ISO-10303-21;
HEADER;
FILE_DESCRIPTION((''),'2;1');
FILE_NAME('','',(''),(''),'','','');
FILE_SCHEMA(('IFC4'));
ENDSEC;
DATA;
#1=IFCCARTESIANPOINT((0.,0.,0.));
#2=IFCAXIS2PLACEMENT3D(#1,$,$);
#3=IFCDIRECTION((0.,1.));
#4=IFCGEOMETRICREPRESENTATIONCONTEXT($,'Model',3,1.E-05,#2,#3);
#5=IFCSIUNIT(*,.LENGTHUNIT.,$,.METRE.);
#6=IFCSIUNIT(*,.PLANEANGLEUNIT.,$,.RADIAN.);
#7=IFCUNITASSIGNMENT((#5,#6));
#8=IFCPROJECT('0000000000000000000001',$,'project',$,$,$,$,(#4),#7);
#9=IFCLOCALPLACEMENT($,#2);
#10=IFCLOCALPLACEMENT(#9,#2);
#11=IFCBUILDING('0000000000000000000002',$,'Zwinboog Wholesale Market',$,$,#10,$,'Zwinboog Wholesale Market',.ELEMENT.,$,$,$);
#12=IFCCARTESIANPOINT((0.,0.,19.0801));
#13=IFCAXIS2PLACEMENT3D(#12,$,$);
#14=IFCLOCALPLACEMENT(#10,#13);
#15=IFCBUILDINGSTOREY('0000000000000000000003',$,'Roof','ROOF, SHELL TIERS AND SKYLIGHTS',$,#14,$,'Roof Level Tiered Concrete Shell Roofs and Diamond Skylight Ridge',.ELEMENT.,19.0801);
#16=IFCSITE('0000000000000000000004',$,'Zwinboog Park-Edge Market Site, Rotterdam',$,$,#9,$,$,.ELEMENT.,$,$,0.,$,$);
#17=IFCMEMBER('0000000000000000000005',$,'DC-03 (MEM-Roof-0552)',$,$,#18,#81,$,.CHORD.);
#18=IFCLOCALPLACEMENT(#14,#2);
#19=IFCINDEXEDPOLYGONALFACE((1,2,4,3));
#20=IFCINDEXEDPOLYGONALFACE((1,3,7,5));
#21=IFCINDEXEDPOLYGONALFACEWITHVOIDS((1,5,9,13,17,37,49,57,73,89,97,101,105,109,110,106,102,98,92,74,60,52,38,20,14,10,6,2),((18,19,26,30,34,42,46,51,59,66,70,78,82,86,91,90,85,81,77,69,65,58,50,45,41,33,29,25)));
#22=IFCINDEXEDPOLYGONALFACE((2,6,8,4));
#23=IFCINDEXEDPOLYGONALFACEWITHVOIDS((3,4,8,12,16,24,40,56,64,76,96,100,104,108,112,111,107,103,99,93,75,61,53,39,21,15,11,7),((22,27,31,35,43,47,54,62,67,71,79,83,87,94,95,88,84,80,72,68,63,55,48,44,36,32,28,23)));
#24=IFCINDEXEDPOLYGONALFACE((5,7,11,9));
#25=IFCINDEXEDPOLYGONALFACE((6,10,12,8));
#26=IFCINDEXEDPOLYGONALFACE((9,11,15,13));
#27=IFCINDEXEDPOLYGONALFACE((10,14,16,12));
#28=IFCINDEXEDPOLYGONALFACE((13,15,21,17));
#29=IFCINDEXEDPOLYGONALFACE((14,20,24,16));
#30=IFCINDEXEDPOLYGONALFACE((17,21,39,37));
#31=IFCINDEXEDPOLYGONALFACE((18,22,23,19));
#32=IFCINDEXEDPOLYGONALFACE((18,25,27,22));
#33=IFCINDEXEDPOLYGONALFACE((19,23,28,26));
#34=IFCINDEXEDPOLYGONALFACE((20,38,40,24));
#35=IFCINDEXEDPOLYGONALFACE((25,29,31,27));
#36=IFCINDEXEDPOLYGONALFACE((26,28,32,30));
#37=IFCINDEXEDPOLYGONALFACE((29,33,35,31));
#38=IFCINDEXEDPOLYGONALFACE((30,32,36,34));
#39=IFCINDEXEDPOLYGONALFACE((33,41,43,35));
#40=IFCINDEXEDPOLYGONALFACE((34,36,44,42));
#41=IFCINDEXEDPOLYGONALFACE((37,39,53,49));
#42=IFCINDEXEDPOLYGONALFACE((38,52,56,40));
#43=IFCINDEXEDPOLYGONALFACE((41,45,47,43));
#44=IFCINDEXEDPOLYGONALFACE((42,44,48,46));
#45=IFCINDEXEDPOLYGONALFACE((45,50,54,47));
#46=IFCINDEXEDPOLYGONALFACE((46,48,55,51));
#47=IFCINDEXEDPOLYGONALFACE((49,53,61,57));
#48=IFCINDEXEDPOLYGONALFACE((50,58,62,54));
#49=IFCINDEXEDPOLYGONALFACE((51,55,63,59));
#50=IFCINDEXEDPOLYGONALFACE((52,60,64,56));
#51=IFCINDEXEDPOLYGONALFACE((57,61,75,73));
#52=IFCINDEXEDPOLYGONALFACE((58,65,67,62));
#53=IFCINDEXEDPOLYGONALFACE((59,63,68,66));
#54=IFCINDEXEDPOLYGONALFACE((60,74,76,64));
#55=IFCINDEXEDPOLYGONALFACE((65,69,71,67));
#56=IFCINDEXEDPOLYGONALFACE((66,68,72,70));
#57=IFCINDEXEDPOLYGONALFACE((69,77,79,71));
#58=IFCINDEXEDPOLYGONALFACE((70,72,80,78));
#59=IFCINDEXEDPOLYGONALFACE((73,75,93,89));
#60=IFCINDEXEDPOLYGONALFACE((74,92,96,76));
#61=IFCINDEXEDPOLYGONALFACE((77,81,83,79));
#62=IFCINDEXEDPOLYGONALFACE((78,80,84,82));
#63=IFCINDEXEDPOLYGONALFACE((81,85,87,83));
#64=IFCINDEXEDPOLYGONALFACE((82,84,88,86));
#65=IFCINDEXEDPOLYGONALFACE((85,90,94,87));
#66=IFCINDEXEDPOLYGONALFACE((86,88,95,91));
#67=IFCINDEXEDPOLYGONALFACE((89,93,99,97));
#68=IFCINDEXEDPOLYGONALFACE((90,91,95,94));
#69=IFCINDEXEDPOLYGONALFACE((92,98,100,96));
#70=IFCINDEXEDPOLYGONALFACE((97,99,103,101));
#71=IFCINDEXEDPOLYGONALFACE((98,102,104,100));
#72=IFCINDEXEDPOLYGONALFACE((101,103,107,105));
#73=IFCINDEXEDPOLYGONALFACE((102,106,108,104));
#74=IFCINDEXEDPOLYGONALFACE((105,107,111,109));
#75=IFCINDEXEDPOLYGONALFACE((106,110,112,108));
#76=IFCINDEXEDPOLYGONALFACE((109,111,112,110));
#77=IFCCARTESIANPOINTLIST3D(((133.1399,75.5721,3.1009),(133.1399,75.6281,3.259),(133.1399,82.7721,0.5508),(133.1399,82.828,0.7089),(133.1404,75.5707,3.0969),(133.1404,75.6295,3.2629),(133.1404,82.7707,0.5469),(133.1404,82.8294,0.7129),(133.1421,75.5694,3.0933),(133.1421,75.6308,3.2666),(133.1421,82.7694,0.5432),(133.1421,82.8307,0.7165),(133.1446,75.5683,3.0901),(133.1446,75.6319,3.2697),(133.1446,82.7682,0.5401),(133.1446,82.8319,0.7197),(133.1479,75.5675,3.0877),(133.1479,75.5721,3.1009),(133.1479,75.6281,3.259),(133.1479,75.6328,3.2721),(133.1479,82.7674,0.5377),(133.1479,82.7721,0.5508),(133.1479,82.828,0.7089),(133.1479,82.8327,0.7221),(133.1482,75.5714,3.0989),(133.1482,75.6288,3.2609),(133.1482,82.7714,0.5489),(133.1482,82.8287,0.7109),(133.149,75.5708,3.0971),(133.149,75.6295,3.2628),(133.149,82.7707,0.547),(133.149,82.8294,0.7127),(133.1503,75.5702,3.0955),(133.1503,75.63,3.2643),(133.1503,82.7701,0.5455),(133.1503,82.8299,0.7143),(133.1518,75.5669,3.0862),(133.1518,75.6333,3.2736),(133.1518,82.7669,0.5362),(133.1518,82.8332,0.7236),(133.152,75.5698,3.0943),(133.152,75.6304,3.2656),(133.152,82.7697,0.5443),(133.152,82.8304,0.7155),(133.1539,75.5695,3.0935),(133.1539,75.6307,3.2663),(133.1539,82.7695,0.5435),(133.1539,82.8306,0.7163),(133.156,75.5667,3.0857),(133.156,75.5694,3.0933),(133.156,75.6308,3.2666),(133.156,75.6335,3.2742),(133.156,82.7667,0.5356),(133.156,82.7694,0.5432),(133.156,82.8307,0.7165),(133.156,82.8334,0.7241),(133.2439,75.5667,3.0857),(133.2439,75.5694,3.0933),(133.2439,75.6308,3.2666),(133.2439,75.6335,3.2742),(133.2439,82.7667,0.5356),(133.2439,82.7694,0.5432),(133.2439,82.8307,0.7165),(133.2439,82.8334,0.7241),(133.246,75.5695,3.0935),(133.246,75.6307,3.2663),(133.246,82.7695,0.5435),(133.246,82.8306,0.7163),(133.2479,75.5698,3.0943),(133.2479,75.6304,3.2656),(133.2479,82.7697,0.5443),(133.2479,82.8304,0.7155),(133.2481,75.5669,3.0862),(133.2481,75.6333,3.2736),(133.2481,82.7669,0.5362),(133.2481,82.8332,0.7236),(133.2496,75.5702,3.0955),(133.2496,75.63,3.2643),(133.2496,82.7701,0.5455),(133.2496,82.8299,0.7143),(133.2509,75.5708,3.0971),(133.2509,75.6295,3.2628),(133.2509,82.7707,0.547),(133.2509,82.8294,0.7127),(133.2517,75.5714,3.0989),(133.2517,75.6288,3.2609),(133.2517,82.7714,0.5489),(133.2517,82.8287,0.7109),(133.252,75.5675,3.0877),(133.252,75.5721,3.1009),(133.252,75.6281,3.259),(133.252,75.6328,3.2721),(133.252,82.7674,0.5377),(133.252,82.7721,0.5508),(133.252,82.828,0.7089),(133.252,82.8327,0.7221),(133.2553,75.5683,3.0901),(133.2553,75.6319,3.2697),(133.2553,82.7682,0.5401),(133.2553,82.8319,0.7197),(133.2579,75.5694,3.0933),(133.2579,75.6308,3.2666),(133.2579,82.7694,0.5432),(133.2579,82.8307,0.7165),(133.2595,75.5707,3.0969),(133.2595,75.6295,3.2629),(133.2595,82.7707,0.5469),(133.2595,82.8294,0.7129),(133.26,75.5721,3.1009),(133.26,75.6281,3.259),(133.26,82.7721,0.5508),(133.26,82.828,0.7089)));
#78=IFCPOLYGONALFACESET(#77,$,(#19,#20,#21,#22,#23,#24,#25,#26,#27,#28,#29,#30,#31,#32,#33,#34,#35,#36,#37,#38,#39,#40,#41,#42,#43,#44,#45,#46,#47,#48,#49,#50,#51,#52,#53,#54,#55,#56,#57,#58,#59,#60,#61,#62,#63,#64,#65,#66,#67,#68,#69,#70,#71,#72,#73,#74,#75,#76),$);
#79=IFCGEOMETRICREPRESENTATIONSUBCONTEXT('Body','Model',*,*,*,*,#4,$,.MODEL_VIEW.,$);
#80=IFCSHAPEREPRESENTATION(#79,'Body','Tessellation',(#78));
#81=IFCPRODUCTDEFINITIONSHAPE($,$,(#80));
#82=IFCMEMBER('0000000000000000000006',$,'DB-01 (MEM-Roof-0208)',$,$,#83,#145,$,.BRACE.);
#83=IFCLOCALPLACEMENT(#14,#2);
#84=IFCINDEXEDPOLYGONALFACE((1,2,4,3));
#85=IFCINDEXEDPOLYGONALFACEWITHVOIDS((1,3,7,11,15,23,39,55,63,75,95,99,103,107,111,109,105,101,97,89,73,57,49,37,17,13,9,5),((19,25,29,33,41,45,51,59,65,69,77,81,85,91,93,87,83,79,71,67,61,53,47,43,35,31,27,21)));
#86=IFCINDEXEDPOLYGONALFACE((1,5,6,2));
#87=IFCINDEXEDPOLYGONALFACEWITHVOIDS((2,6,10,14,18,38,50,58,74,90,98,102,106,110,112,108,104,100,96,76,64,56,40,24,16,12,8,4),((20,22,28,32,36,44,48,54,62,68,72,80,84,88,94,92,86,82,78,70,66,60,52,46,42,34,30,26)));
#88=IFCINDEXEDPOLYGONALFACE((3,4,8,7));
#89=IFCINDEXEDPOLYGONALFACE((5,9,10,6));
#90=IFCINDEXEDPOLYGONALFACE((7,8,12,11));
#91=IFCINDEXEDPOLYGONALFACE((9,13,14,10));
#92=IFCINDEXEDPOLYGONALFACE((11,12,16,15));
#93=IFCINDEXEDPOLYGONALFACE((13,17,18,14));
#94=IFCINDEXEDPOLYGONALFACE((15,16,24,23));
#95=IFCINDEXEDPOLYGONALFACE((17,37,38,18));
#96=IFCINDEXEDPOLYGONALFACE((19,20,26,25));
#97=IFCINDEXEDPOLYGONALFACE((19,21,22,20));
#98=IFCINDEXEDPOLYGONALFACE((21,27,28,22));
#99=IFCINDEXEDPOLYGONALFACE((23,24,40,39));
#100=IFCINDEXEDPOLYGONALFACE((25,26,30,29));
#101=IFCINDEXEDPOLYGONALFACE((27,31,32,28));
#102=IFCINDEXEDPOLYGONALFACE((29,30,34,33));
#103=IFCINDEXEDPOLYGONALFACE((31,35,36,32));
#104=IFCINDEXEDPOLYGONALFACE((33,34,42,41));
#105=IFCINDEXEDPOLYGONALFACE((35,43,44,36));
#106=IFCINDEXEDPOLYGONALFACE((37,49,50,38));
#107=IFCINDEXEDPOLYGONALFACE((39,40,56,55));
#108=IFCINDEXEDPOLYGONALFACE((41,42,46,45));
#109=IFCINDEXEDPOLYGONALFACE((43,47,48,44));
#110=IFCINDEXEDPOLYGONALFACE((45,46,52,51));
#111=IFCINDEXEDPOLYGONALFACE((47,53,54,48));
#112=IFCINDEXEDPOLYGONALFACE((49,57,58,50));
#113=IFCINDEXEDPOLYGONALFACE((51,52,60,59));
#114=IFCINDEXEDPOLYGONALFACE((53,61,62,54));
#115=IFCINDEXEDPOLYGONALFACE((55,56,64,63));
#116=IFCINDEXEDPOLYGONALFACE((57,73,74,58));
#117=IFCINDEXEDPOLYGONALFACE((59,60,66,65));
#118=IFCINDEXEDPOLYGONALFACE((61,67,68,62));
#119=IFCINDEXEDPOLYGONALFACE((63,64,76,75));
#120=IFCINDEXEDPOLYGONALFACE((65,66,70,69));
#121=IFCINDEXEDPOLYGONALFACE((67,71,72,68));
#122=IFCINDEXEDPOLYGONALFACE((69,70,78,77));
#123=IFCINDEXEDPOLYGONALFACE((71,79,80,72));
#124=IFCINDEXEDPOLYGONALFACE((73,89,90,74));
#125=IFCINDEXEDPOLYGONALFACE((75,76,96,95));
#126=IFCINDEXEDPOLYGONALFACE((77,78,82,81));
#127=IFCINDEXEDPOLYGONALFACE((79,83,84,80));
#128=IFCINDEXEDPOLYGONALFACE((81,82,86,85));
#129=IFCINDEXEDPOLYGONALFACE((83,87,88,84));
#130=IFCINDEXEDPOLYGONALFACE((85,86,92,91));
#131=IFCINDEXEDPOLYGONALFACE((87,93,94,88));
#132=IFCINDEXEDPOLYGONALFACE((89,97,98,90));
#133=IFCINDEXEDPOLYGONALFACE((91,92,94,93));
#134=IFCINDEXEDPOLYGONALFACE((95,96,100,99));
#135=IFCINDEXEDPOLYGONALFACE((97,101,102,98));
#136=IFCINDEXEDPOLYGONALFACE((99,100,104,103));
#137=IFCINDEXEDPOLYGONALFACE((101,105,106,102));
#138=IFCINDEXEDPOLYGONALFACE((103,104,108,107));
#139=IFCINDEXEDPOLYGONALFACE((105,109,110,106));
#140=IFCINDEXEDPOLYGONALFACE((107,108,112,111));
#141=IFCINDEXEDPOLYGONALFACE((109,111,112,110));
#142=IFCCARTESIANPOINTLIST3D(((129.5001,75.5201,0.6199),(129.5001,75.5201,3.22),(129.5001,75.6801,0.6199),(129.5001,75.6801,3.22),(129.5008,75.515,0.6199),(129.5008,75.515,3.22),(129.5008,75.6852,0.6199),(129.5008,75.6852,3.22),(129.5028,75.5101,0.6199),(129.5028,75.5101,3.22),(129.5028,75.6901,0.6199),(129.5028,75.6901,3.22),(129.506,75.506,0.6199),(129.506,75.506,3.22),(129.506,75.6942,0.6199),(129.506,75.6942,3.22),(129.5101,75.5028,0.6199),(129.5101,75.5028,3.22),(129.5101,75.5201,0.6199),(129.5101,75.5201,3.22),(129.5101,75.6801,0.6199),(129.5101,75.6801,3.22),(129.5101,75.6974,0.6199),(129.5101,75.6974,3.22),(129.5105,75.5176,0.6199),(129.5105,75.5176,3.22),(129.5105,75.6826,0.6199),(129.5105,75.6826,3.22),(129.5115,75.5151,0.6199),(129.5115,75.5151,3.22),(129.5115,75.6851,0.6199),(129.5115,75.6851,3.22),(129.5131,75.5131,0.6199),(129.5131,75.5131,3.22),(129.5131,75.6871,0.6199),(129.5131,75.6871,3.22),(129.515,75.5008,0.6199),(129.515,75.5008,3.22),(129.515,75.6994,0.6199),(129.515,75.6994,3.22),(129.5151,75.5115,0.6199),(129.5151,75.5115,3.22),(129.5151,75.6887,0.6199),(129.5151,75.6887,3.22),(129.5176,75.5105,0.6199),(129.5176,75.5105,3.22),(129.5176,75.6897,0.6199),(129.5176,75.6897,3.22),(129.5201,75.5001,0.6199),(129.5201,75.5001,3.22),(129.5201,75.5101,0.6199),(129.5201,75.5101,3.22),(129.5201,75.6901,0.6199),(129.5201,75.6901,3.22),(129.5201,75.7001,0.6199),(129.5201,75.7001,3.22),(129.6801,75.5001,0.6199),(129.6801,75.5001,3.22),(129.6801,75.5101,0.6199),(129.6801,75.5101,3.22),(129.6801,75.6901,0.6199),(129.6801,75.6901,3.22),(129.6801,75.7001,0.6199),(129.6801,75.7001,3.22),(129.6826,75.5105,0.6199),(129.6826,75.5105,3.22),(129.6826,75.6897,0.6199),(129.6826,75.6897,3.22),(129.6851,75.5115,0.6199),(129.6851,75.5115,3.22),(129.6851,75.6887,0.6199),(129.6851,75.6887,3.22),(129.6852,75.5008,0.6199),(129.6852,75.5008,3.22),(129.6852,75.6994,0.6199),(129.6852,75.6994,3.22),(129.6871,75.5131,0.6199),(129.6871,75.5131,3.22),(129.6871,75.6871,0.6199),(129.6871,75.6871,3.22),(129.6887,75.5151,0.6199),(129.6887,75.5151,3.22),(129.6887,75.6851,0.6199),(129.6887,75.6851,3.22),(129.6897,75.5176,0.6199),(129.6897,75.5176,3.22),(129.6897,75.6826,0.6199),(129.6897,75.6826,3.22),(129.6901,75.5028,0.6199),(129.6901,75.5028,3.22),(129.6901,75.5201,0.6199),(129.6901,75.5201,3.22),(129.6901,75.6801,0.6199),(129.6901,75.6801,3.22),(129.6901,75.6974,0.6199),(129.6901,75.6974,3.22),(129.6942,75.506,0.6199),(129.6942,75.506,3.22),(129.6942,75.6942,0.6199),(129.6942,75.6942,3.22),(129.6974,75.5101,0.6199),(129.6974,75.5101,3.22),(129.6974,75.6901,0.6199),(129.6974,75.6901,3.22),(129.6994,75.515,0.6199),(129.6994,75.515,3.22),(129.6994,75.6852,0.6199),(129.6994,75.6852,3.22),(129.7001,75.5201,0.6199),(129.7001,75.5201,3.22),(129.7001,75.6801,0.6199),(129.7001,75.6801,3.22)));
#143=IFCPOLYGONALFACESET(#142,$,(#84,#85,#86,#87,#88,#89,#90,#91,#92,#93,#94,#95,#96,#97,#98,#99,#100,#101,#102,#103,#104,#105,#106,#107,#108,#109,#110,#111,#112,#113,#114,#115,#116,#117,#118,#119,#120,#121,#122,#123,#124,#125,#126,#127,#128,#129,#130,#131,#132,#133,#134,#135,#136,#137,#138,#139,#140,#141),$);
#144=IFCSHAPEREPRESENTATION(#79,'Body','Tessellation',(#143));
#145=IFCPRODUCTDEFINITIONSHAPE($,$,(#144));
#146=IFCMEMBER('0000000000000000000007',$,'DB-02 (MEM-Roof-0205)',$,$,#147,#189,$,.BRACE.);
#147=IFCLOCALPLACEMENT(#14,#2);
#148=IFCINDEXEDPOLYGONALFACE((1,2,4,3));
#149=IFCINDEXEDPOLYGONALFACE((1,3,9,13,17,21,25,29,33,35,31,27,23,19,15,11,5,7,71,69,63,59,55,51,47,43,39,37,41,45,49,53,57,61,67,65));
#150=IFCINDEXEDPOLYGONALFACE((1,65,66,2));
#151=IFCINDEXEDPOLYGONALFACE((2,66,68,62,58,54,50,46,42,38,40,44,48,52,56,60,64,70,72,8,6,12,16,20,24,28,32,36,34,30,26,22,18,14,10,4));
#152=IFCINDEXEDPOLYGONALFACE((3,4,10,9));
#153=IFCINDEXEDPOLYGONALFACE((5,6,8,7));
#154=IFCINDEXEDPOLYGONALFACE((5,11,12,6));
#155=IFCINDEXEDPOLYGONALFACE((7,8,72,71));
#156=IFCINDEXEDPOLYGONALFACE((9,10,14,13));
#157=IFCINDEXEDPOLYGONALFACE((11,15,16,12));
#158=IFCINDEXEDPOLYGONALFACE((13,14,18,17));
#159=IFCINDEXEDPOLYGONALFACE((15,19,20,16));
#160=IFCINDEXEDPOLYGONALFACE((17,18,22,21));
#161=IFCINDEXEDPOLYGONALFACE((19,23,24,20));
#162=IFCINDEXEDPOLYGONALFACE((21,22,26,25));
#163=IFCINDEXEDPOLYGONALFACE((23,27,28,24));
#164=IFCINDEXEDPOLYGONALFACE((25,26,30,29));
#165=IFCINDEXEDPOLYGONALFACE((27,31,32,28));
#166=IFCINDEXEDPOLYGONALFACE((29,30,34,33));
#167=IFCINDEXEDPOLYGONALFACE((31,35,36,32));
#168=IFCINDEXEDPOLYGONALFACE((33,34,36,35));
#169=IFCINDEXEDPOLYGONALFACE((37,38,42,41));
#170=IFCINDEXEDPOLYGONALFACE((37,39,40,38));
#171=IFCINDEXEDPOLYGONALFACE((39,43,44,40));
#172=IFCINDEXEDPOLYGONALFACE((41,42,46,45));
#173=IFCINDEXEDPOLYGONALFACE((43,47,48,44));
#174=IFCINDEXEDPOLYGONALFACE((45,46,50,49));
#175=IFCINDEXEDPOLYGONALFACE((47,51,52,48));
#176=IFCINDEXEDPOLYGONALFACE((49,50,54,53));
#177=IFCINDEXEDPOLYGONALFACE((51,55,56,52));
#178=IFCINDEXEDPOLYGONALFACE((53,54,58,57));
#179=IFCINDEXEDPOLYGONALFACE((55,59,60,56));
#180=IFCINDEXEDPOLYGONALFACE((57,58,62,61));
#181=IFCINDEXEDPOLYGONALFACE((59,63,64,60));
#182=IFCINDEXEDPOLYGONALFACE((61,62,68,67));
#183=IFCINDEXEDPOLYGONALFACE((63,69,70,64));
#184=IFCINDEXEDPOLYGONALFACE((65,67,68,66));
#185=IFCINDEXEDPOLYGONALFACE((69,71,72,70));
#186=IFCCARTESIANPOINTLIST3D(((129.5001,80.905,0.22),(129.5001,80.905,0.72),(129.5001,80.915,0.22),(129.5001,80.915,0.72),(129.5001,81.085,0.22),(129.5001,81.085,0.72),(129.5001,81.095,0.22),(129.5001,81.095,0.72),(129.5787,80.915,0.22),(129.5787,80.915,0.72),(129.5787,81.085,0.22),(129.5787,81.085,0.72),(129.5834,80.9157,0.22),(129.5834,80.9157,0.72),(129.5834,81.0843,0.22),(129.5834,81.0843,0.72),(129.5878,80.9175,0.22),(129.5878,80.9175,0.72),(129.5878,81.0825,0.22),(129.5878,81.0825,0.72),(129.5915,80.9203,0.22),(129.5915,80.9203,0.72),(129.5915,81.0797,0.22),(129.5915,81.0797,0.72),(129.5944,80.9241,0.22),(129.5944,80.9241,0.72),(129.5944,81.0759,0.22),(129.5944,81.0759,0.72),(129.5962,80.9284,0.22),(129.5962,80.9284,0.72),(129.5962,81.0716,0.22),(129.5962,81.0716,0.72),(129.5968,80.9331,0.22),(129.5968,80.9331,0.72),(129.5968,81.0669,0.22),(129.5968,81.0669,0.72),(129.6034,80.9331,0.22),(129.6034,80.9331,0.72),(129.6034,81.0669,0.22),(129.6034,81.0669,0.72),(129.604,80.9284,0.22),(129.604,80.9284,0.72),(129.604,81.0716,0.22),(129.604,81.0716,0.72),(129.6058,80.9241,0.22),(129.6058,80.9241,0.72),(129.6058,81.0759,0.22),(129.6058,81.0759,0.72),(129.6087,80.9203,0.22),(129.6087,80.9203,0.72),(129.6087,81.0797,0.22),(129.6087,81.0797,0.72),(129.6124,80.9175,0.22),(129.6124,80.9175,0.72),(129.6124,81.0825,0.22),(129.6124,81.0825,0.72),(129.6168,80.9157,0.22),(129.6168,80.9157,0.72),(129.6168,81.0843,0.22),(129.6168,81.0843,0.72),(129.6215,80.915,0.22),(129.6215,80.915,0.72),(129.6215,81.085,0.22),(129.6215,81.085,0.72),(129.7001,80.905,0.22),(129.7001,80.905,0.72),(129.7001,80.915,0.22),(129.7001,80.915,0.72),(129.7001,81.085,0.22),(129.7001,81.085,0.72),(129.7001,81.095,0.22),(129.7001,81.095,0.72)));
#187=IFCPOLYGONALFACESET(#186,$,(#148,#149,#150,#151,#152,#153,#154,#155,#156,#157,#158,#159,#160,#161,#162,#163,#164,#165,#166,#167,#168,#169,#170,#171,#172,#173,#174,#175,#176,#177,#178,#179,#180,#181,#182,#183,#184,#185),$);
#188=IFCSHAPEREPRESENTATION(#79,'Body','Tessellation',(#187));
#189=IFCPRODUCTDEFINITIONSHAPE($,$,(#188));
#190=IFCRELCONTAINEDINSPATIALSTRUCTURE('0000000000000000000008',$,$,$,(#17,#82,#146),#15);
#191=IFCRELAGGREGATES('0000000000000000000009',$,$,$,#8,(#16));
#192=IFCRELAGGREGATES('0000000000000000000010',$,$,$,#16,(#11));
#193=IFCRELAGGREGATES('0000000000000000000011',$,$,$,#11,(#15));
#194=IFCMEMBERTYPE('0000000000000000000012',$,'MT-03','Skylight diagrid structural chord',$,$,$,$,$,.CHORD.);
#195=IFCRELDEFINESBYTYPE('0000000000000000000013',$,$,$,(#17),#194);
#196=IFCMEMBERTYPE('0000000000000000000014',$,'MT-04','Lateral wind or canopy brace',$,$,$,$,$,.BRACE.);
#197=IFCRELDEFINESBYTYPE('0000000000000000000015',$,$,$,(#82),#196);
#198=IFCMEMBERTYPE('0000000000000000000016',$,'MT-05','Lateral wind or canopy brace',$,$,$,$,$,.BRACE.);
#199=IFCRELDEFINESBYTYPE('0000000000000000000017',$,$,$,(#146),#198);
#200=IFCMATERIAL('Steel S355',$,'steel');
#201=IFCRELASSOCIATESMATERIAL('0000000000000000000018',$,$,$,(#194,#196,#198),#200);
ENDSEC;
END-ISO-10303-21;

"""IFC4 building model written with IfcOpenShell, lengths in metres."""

from ifc_helpers import new_model, si_unit, direction, frame, origin, origin_2d, place, context, subcontext, project, spatial, hollow_rectangle, i_section, extrude, material, material_profile, profile_set, type_object, element, save


model = new_model("IFC4")

# Units and contexts
model_context = context("Model", 3, precision=1e-05, world=origin(), true_north=direction((0.0, 1.0)))
body_context = subcontext(model_context, "Body", "Model", "MODEL_VIEW")
ifc_project = project(units=[si_unit("LENGTHUNIT", "METRE"), si_unit("PLANEANGLEUNIT", "RADIAN")], contexts=[model_context])

# Site, building, storey
site_placement = place(None, origin())
site = spatial("IfcSite", under=ifc_project, at=site_placement, Name="Zwinboog Park-Edge Market Site, Rotterdam", CompositionType="ELEMENT", RefElevation=0.0)
building_placement = place(site_placement, origin())
building = spatial("IfcBuilding", under=site, at=building_placement, Name="Zwinboog Wholesale Market", LongName="Zwinboog Wholesale Market", CompositionType="ELEMENT")
storey_placement = place(building_placement, frame((0.0, 0.0, 19.0801)))
storey = spatial("IfcBuildingStorey", under=building, at=storey_placement, Name="Roof", Description="ROOF, SHELL TIERS AND SKYLIGHTS", LongName="Roof Level Tiered Concrete Shell Roofs and Diamond Skylight Ridge", CompositionType="ELEMENT", Elevation=19.0801)

# Members
ifc_material_1 = material(Name="Steel S355", Category="steel")
ifc_material_profile_1 = material_profile(ifc_material_1, hollow_rectangle(XDim=0.1201, YDim=0.2, WallThickness=0.0081, InnerFilletRadius=0.0081, OuterFilletRadius=0.0161, at=origin_2d()), Name="RHS 200x120x8")
ifc_profile_set_1 = profile_set([ifc_material_profile_1], Name="Steel S355")
member_type_1 = type_object("IfcMemberType", Name="MT-03", Description="Skylight diagrid structural chord", PredefinedType="CHORD", material=ifc_profile_set_1)
for number, where, z_axis, x_axis, name in (
    (1, (133.2, 82.8, 0.6299), (0.0, -0.942625, 0.333855), (1.0, 0.0, 0.0), "DC-03 (MEM-Roof-0552)"),
):
    element("IfcMember", number, at=place(storey_placement, frame(where, z_axis=z_axis, x_axis=x_axis)), inside=storey, type_object=member_type_1, Name=name, PredefinedType="CHORD", context=body_context, shape_type="SweptSolid", body=[
        extrude(hollow_rectangle(XDim=0.1201, YDim=0.2, WallThickness=0.0081, InnerFilletRadius=0.0081, OuterFilletRadius=0.0161, at=origin_2d()), origin(), (0.0, 0.0, 1.0), 7.6382),
    ])
ifc_material_profile_2 = material_profile(ifc_material_1, hollow_rectangle(XDim=0.2, YDim=0.2, WallThickness=0.01, InnerFilletRadius=0.01, OuterFilletRadius=0.02, at=origin_2d()), Name="SHS 200x200x10")
ifc_profile_set_2 = profile_set([ifc_material_profile_2], Name="Steel S355")
member_type_2 = type_object("IfcMemberType", Name="MT-04", Description="Lateral wind or canopy brace", PredefinedType="BRACE", material=ifc_profile_set_2)
member_1_placement = place(storey_placement, frame((129.6001, 75.6001, 0.6199), z_axis=(0.0, 0.0, 1.0), x_axis=(1.0, 0.0, 0.0)))
element("IfcMember", 2, at=member_1_placement, inside=storey, type_object=member_type_2, Name="DB-01 (MEM-Roof-0208)", PredefinedType="BRACE", context=body_context, shape_type="SweptSolid", body=[
    extrude(hollow_rectangle(XDim=0.2, YDim=0.2, WallThickness=0.01, InnerFilletRadius=0.01, OuterFilletRadius=0.02, at=origin_2d()), origin(), (0.0, 0.0, 1.0), 2.6001),
])
ifc_material_profile_3 = material_profile(ifc_material_1, i_section(OverallWidth=0.2, OverallDepth=0.1899, WebThickness=0.0066, FlangeThickness=0.01, FilletRadius=0.0181, at=origin_2d()), Name="HEA 200")
ifc_profile_set_3 = profile_set([ifc_material_profile_3], Name="Steel S355")
member_type_3 = type_object("IfcMemberType", Name="MT-05", Description="Lateral wind or canopy brace", PredefinedType="BRACE", material=ifc_profile_set_3)
member_2_placement = place(storey_placement, frame((129.6001, 81.0, 0.22), z_axis=(0.0, 0.0, 1.0), x_axis=(1.0, 0.0, 0.0)))
element("IfcMember", 3, at=member_2_placement, inside=storey, type_object=member_type_3, Name="DB-02 (MEM-Roof-0205)", PredefinedType="BRACE", context=body_context, shape_type="SweptSolid", body=[
    extrude(i_section(OverallWidth=0.2, OverallDepth=0.1899, WebThickness=0.0066, FlangeThickness=0.01, FilletRadius=0.0181, at=origin_2d()), origin(), (0.0, 0.0, 1.0), 0.5),
])

save(model, "model.ifc")
